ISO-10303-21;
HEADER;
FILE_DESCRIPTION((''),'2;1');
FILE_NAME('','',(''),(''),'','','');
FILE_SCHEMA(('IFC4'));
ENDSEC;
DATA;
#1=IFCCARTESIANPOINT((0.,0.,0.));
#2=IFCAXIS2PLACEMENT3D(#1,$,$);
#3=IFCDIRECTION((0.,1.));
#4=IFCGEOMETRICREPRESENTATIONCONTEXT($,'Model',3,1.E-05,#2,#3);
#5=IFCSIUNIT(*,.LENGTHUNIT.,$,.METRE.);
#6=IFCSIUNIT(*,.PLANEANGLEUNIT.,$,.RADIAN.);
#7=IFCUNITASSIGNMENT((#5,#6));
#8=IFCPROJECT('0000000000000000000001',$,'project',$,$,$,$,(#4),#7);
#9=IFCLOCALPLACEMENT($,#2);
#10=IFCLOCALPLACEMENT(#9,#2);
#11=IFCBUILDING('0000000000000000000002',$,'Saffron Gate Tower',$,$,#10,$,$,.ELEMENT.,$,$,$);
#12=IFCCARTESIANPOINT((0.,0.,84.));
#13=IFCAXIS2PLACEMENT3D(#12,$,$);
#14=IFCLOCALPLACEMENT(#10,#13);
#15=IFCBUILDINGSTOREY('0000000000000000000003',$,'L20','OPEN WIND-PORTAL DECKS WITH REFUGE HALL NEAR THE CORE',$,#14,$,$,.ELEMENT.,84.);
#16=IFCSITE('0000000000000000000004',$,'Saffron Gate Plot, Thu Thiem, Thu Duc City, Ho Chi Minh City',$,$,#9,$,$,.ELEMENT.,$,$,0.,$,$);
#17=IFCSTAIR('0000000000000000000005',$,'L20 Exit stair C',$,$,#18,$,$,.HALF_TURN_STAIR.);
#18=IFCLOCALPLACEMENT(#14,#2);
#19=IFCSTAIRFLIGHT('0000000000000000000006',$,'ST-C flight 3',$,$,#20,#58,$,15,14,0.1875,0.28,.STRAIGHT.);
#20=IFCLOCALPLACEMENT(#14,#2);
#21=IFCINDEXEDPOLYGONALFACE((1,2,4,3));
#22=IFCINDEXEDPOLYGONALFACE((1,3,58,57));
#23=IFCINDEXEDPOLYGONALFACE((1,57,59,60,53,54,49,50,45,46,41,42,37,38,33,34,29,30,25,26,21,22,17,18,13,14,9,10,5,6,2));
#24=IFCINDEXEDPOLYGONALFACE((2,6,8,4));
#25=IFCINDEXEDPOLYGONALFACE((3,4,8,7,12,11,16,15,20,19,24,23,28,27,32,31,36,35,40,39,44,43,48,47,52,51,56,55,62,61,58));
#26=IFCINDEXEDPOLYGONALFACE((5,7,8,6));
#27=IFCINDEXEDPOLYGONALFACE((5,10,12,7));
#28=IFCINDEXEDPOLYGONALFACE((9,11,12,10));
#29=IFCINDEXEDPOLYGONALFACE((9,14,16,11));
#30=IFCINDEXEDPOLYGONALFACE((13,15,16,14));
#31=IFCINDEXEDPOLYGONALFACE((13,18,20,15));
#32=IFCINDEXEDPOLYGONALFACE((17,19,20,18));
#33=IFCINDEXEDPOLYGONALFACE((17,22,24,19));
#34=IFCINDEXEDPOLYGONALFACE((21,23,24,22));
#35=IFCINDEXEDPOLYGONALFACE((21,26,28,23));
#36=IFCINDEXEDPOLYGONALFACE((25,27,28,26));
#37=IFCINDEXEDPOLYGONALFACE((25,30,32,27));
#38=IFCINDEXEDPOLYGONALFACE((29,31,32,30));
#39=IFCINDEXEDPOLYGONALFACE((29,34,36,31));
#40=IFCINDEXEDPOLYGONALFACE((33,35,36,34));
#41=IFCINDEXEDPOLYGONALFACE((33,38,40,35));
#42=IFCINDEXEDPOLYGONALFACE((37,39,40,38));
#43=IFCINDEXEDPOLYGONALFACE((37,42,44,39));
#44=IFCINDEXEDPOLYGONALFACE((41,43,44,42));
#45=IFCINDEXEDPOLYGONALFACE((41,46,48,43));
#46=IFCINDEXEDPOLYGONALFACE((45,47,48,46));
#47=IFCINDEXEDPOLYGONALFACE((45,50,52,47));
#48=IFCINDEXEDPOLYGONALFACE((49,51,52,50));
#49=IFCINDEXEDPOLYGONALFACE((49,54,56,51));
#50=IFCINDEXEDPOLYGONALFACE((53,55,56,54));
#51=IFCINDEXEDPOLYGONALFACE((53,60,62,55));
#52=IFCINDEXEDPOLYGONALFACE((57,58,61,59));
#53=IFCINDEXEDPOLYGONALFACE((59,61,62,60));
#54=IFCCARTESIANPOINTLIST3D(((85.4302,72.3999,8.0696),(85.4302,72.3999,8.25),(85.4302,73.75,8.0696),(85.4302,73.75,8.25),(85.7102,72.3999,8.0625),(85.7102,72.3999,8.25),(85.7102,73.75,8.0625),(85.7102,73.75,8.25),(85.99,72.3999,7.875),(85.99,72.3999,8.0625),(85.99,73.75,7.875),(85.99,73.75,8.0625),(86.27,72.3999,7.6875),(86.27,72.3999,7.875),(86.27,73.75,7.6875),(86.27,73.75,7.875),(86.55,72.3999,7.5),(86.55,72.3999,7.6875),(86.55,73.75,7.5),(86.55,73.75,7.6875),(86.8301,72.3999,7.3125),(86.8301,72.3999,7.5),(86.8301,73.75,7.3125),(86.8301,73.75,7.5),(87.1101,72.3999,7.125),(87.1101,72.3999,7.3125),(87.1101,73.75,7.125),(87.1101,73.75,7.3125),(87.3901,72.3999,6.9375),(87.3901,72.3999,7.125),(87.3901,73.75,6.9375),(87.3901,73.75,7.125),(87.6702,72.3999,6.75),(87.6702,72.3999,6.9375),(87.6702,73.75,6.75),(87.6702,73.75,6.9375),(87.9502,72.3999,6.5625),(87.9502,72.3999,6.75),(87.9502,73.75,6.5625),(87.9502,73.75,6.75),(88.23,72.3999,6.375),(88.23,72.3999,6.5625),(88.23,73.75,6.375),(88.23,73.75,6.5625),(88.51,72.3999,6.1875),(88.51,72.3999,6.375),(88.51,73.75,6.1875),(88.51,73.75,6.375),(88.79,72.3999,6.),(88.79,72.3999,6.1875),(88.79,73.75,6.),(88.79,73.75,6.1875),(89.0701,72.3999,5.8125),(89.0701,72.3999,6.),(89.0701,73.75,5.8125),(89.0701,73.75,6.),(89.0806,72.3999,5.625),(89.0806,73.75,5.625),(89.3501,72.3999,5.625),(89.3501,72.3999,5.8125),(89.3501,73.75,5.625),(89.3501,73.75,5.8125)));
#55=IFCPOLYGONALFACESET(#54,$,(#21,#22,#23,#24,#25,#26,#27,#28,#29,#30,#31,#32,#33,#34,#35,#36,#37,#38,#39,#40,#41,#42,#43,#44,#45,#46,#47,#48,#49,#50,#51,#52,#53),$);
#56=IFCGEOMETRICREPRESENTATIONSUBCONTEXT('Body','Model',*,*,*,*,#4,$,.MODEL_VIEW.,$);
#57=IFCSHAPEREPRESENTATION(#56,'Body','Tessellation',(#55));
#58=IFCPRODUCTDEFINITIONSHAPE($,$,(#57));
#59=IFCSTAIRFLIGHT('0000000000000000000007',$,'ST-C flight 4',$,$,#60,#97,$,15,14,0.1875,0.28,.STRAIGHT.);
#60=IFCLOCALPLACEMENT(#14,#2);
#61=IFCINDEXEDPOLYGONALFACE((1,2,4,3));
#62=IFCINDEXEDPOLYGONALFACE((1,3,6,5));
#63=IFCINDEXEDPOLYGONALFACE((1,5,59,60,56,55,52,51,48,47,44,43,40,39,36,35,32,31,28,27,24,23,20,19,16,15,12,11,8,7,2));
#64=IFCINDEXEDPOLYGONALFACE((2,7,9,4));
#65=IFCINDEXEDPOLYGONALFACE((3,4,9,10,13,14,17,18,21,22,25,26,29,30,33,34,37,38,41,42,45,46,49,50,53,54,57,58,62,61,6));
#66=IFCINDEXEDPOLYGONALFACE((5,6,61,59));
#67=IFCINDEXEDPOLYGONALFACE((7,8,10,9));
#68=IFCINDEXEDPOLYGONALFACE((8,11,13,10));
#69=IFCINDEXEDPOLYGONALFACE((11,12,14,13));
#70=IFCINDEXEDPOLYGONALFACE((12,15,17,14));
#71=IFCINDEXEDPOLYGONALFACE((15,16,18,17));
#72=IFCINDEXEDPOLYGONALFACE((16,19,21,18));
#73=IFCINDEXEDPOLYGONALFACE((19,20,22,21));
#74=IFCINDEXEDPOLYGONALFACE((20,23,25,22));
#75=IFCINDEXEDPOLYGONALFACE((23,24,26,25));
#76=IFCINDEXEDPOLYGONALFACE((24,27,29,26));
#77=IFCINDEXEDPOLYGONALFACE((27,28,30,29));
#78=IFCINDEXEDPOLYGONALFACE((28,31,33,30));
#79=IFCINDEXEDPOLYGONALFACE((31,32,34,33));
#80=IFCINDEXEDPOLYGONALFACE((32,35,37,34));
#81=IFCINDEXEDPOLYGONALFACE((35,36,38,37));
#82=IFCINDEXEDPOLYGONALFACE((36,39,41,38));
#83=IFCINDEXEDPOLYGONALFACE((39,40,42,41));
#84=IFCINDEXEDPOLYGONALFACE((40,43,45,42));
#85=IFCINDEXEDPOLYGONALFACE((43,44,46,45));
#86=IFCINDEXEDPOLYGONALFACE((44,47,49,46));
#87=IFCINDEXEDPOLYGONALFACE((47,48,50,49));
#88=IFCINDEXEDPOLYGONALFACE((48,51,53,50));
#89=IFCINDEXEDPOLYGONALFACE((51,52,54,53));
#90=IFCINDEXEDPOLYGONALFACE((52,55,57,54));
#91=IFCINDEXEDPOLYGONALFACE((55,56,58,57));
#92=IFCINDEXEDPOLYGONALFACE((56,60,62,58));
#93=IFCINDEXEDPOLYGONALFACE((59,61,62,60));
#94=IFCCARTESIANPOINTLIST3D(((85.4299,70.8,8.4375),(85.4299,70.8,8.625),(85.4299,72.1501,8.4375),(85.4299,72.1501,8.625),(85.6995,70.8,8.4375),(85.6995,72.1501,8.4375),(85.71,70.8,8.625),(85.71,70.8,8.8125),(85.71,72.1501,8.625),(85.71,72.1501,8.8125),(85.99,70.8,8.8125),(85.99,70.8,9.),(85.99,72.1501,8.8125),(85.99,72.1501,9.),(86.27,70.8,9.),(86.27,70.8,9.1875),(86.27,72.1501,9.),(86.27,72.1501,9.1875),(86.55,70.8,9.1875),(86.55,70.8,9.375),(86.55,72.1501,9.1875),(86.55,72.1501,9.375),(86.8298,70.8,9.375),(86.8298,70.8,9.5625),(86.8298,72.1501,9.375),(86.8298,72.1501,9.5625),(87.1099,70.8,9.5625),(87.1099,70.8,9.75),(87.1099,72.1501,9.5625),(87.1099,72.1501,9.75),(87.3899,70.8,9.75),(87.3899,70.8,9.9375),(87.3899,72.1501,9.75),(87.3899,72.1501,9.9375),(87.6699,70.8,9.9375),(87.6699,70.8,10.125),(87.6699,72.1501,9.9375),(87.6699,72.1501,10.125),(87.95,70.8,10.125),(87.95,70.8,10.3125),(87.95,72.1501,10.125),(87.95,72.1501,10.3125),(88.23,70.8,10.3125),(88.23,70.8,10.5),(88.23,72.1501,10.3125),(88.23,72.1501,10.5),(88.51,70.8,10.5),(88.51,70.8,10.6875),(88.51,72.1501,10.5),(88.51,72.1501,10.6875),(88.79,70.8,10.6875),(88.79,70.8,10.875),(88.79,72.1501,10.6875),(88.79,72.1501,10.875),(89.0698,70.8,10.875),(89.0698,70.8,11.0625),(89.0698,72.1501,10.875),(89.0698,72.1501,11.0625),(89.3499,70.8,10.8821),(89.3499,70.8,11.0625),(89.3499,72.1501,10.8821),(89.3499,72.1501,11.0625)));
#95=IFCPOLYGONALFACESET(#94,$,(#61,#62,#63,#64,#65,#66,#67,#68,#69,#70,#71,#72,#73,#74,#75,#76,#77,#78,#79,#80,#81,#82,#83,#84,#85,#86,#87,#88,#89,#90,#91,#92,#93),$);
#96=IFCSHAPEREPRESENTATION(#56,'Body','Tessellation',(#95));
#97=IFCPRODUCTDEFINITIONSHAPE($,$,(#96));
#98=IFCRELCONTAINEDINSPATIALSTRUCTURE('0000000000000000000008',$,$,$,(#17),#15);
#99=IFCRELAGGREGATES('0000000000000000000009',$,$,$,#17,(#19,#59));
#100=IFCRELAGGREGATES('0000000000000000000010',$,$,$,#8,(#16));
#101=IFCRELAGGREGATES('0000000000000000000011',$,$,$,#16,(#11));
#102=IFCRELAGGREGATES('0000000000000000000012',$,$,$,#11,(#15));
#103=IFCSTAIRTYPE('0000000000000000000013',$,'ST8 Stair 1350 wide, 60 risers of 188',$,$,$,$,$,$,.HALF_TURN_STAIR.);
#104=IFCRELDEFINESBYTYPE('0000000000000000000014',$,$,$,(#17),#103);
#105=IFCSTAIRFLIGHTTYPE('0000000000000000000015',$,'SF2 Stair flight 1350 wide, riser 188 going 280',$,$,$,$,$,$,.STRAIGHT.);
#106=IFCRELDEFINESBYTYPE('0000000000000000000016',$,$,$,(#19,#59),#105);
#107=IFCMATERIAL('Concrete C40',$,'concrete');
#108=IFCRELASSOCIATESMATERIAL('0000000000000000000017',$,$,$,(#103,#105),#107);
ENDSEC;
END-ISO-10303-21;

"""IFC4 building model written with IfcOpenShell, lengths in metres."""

from ifc_helpers import new_model, si_unit, direction, frame, origin, place, context, subcontext, project, spatial, polyline, outline, extrude, material, type_object, element, aggregate, save


model = new_model("IFC4")

# Units and contexts
model_context = context("Model", 3, precision=1e-05, world=origin(), true_north=direction((0.0, 1.0)))
body_context = subcontext(model_context, "Body", "Model", "MODEL_VIEW")
ifc_project = project(units=[si_unit("LENGTHUNIT", "METRE"), si_unit("PLANEANGLEUNIT", "RADIAN")], contexts=[model_context])

# Site, building, storey
site_placement = place(None, origin())
site = spatial("IfcSite", under=ifc_project, at=site_placement, Name="Saffron Gate Plot, Thu Thiem, Thu Duc City, Ho Chi Minh City", CompositionType="ELEMENT", RefElevation=0.0)
building_placement = place(site_placement, origin())
building = spatial("IfcBuilding", under=site, at=building_placement, Name="Saffron Gate Tower", CompositionType="ELEMENT")
storey_placement = place(building_placement, frame((0.0, 0.0, 84.0)))
storey = spatial("IfcBuildingStorey", under=building, at=storey_placement, Name="L20", Description="OPEN WIND-PORTAL DECKS WITH REFUGE HALL NEAR THE CORE", CompositionType="ELEMENT", Elevation=84.0)

# Stair, stair flights
ifc_material_1 = material(Name="Concrete C40", Category="concrete")
stair_type = type_object("IfcStairType", Name="ST8 Stair 1350 wide, 60 risers of 188", PredefinedType="HALF_TURN_STAIR", material=ifc_material_1)
stair_placement = place(storey_placement, origin())
stair = element("IfcStair", 1, at=stair_placement, inside=storey, type_object=stair_type, Name="L20 Exit stair C", PredefinedType="HALF_TURN_STAIR")
stair_flight_type = type_object("IfcStairFlightType", Name="SF2 Stair flight 1350 wide, riser 188 going 280", PredefinedType="STRAIGHT", material=ifc_material_1)
stair_flight_1_placement = place(storey_placement, frame((89.3501, 73.075, 5.625), z_axis=(0.0, 0.0, 1.0), x_axis=(-1.0, 0.0, 0.0)))
stair_flight_1 = element("IfcStairFlight", 2, at=stair_flight_1_placement, type_object=stair_flight_type, Name="ST-C flight 3", NumberOfRisers=15, NumberOfTreads=14, PredefinedType="STRAIGHT", RiserHeight=0.1875, TreadLength=0.28, context=body_context, shape_type="SweptSolid", body=[
    extrude(outline(polyline([(0.0, 0.0), (0.0, 0.1875), (0.28, 0.1875), (0.28, 0.375), (0.5601, 0.375), (0.5601, 0.5625), (0.8401, 0.5625), (0.8401, 0.75), (1.1201, 0.75), (1.1201, 0.9375), (1.3999, 0.9375), (1.3999, 1.125), (1.6799, 1.125), (1.6799, 1.3125), (1.96, 1.3125), (1.96, 1.5), (2.24, 1.5), (2.24, 1.6875), (2.52, 1.6875), (2.52, 1.875), (2.8, 1.875), (2.8, 2.0625), (3.0801, 2.0625), (3.0801, 2.25), (3.3601, 2.25), (3.3601, 2.4375), (3.6399, 2.4375), (3.6399, 2.625), (3.9199, 2.625), (3.9199, 2.8125), (3.9199, 2.4446), (0.2695, 0.0), (0.0, 0.0)])), frame((0.0, 0.675, 0.0), z_axis=(0.0, -1.0, 0.0), x_axis=(1.0, 0.0, 0.0)), (0.0, 0.0, 1.0), 1.3501),
])
stair_flight_2_placement = place(storey_placement, frame((85.4299, 71.4751, 8.4375), z_axis=(0.0, 0.0, 1.0), x_axis=(1.0, 0.0, 0.0)))
stair_flight_2 = element("IfcStairFlight", 3, at=stair_flight_2_placement, type_object=stair_flight_type, Name="ST-C flight 4", NumberOfRisers=15, NumberOfTreads=14, PredefinedType="STRAIGHT", RiserHeight=0.1875, TreadLength=0.28, context=body_context, shape_type="SweptSolid", body=[
    extrude(outline(polyline([(0.0, 0.0), (0.0, 0.1875), (0.28, 0.1875), (0.28, 0.375), (0.5601, 0.375), (0.5601, 0.5625), (0.8401, 0.5625), (0.8401, 0.75), (1.1201, 0.75), (1.1201, 0.9375), (1.3999, 0.9375), (1.3999, 1.125), (1.6799, 1.125), (1.6799, 1.3125), (1.96, 1.3125), (1.96, 1.5), (2.24, 1.5), (2.24, 1.6875), (2.52, 1.6875), (2.52, 1.875), (2.8, 1.875), (2.8, 2.0625), (3.0801, 2.0625), (3.0801, 2.25), (3.3601, 2.25), (3.3601, 2.4375), (3.6399, 2.4375), (3.6399, 2.625), (3.9199, 2.625), (3.9199, 2.8125), (3.9199, 2.4446), (0.2695, 0.0), (0.0, 0.0)])), frame((0.0, 0.675, 0.0), z_axis=(0.0, -1.0, 0.0), x_axis=(1.0, 0.0, 0.0)), (0.0, 0.0, 1.0), 1.3501),
])
aggregate(stair, [stair_flight_1, stair_flight_2])

save(model, "model.ifc")
